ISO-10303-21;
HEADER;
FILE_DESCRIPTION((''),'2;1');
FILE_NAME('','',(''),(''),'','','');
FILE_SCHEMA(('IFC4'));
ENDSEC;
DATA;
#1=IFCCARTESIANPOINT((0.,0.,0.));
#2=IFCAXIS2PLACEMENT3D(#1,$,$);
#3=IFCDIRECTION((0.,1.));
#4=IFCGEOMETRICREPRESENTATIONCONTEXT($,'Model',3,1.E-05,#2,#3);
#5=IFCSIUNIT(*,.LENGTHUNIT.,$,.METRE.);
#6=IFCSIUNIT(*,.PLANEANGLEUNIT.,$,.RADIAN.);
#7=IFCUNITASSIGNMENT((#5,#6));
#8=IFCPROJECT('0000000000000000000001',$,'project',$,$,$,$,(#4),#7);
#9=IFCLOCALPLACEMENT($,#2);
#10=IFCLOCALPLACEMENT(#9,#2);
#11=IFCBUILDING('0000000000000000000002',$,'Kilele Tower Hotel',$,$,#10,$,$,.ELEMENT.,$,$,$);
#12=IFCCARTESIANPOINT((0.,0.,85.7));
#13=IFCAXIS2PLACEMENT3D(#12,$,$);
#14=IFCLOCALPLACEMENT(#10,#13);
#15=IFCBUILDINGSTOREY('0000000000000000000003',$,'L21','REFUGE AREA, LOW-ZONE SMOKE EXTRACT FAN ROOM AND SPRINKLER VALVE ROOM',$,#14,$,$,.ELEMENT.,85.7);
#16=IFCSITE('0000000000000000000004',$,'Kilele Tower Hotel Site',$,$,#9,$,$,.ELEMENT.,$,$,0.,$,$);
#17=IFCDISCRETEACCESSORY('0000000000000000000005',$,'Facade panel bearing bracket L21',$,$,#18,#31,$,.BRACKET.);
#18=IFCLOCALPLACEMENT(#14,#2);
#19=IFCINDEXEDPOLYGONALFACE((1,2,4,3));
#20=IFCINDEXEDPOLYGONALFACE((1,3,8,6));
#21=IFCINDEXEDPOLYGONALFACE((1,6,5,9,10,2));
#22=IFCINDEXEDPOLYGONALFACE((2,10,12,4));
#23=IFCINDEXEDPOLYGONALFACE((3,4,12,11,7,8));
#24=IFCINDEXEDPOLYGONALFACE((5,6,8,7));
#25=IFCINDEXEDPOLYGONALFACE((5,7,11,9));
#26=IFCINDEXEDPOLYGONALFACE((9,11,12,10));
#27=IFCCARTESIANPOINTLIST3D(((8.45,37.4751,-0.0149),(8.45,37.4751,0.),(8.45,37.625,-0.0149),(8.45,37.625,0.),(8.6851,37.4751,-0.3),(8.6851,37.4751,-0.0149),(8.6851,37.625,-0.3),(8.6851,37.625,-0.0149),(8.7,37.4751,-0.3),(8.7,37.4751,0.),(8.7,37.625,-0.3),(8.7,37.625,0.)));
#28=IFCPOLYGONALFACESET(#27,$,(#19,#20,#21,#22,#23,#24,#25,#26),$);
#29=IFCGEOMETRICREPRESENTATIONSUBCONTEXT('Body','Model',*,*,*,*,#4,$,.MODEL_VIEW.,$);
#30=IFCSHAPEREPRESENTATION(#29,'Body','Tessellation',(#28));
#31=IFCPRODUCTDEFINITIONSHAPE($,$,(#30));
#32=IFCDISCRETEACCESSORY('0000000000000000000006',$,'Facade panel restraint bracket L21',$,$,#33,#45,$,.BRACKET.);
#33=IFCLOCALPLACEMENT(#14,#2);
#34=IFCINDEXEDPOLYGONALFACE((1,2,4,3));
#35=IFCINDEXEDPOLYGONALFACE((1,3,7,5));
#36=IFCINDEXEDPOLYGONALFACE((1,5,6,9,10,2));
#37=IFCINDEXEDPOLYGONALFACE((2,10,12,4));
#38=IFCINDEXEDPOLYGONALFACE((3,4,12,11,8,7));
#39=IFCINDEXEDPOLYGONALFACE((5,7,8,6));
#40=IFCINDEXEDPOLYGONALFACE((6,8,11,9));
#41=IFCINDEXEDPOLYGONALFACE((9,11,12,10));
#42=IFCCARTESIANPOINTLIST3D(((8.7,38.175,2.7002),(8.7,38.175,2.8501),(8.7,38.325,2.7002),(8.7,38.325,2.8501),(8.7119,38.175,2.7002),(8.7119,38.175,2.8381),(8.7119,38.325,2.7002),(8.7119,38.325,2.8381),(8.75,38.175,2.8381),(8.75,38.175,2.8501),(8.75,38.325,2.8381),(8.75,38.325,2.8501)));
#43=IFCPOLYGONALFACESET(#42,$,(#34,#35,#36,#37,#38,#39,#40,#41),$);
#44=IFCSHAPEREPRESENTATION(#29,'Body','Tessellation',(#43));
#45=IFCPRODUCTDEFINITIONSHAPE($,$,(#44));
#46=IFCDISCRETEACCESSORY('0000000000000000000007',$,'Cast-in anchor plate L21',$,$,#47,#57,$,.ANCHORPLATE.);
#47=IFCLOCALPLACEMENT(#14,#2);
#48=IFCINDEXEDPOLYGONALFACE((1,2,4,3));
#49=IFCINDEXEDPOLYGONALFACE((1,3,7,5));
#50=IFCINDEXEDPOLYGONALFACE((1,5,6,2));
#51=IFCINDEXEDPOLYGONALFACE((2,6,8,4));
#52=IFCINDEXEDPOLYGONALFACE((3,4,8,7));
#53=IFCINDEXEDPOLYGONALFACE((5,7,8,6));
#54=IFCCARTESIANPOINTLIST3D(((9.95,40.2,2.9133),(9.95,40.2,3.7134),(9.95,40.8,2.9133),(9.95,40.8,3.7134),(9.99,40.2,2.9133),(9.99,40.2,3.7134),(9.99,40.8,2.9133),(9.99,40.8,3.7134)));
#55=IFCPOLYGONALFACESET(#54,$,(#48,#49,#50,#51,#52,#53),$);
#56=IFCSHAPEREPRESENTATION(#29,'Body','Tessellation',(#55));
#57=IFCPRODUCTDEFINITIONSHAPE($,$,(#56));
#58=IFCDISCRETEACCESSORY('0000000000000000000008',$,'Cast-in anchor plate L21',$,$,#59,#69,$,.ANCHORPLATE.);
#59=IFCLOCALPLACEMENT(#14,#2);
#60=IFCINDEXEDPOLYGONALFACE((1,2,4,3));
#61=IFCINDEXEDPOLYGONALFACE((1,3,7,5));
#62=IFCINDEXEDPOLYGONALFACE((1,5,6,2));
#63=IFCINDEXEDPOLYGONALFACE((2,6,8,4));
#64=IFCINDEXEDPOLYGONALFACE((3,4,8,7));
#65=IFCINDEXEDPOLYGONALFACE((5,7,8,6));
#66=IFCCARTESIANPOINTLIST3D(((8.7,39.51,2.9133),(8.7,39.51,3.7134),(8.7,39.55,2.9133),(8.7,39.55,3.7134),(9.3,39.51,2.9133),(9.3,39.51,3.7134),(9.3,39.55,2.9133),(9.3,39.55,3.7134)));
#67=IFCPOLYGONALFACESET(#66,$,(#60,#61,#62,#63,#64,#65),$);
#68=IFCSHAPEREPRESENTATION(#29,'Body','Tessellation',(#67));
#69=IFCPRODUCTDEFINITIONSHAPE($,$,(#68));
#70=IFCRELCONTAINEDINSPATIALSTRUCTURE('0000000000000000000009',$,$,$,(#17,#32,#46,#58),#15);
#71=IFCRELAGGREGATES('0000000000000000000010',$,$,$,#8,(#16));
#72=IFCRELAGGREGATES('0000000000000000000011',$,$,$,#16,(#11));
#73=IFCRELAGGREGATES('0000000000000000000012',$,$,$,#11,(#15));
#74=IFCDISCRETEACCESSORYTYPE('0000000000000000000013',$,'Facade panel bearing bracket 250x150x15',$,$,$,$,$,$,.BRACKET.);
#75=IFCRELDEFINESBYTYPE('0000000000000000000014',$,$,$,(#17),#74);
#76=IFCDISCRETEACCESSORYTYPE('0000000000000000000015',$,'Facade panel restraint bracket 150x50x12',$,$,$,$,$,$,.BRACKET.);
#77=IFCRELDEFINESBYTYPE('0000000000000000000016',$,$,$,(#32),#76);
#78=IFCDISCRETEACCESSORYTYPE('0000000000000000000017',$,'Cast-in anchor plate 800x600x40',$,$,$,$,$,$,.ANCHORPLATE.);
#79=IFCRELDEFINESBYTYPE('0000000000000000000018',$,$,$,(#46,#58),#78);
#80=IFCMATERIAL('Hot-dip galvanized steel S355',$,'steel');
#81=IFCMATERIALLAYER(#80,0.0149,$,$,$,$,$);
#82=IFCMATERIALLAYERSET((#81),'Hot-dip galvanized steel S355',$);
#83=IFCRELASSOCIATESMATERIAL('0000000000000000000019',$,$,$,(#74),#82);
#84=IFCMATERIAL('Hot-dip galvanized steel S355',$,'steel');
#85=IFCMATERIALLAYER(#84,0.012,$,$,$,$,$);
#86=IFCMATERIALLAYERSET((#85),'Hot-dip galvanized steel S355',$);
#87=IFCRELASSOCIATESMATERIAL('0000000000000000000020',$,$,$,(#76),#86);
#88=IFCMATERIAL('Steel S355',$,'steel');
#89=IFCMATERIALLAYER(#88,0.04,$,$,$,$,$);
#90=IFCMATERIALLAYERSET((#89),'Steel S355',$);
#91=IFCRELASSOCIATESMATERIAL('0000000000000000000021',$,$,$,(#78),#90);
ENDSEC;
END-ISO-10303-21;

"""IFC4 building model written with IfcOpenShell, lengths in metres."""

from ifc_helpers import new_model, si_unit, direction, frame, origin, place, context, subcontext, project, spatial, polyline, outline, extrude, source, transform, mapped, material, layer, layer_set, type_object, element, save


model = new_model("IFC4")

# Units and contexts
model_context = context("Model", 3, precision=1e-05, world=origin(), true_north=direction((0.0, 1.0)))
body_context = subcontext(model_context, "Body", "Model", "MODEL_VIEW")
ifc_project = project(units=[si_unit("LENGTHUNIT", "METRE"), si_unit("PLANEANGLEUNIT", "RADIAN")], contexts=[model_context])

# Site, building, storey
site_placement = place(None, origin())
site = spatial("IfcSite", under=ifc_project, at=site_placement, Name="Kilele Tower Hotel Site", CompositionType="ELEMENT", RefElevation=0.0)
building_placement = place(site_placement, origin())
building = spatial("IfcBuilding", under=site, at=building_placement, Name="Kilele Tower Hotel", CompositionType="ELEMENT")
storey_placement = place(building_placement, frame((0.0, 0.0, 85.7)))
storey = spatial("IfcBuildingStorey", under=building, at=storey_placement, Name="L21", Description="REFUGE AREA, LOW-ZONE SMOKE EXTRACT FAN ROOM AND SPRINKLER VALVE ROOM", CompositionType="ELEMENT", Elevation=85.7)

# Discrete accessories
ifc_material_1 = material(Name="Hot-dip galvanized steel S355", Category="steel")
ifc_layer_1 = layer(ifc_material_1, 0.0149)
ifc_layer_set_1 = layer_set([ifc_layer_1], Name="Hot-dip galvanized steel S355")
discrete_accessory_type_1 = type_object("IfcDiscreteAccessoryType", Name="Facade panel bearing bracket 250x150x15", PredefinedType="BRACKET", material=ifc_layer_set_1)
shared_shape_1 = source(origin(), body_context, "Body", "SweptSolid", [
    extrude(outline(polyline([(0.0, 0.0), (0.25, 0.0), (0.25, -0.0149), (0.0149, -0.0149), (0.0149, -0.3), (0.0, -0.3), (0.0, 0.0)])), origin(), (0.0, 0.0, 1.0), 0.1499),
])
for number, where, z_axis, x_axis, name in (
    (1, (8.7, 37.4751, 0.0), (0.0, 1.0, 0.0), (-1.0, 0.0, 0.0), "Facade panel bearing bracket L21"),
):
    element("IfcDiscreteAccessory", number, at=place(storey_placement, frame(where, z_axis=z_axis, x_axis=x_axis)), inside=storey, type_object=discrete_accessory_type_1, Name=name, PredefinedType="BRACKET", context=body_context, shape_type="MappedRepresentation", body=[
        mapped(shared_shape_1, transform((0.0, 0.0, 0.0))),
    ])
ifc_material_2 = material(Name="Hot-dip galvanized steel S355", Category="steel")
ifc_layer_2 = layer(ifc_material_2, 0.012)
ifc_layer_set_2 = layer_set([ifc_layer_2], Name="Hot-dip galvanized steel S355")
discrete_accessory_type_2 = type_object("IfcDiscreteAccessoryType", Name="Facade panel restraint bracket 150x50x12", PredefinedType="BRACKET", material=ifc_layer_set_2)
shared_shape_2 = source(origin(), body_context, "Body", "SweptSolid", [
    extrude(outline(polyline([(0.0, 0.0), (0.0, -0.1499), (-0.012, -0.1499), (-0.012, -0.012), (-0.05, -0.012), (-0.05, 0.0), (0.0, 0.0)])), origin(), (0.0, 0.0, 1.0), 0.1499),
])
discrete_accessory_placement = place(storey_placement, frame((8.7, 38.175, 2.8501), z_axis=(0.0, 1.0, 0.0), x_axis=(-1.0, 0.0, 0.0)))
element("IfcDiscreteAccessory", 2, at=discrete_accessory_placement, inside=storey, type_object=discrete_accessory_type_2, Name="Facade panel restraint bracket L21", PredefinedType="BRACKET", context=body_context, shape_type="MappedRepresentation", body=[
    mapped(shared_shape_2, transform((0.0, 0.0, 0.0))),
])
ifc_material_3 = material(Name="Steel S355", Category="steel")
ifc_layer_3 = layer(ifc_material_3, 0.04)
ifc_layer_set_3 = layer_set([ifc_layer_3], Name="Steel S355")
discrete_accessory_type_3 = type_object("IfcDiscreteAccessoryType", Name="Cast-in anchor plate 800x600x40", PredefinedType="ANCHORPLATE", material=ifc_layer_set_3)
shared_shape_3 = source(origin(), body_context, "Body", "SweptSolid", [
    extrude(outline(polyline([(0.0, 0.0), (0.04, 0.0), (0.04, 0.8), (0.0, 0.8), (0.0, 0.0)])), origin(), (0.0, 0.0, 1.0), 0.6001),
])
for number, where, z_axis, x_axis, name in (
    (3, (9.95, 40.8, 2.9133), (0.0, -1.0, 0.0), (1.0, 0.0, 0.0), "Cast-in anchor plate L21"),
    (4, (9.3, 39.55, 2.9133), (-1.0, 0.0, 0.0), (0.0, -1.0, 0.0), "Cast-in anchor plate L21"),
):
    element("IfcDiscreteAccessory", number, at=place(storey_placement, frame(where, z_axis=z_axis, x_axis=x_axis)), inside=storey, type_object=discrete_accessory_type_3, Name=name, PredefinedType="ANCHORPLATE", context=body_context, shape_type="MappedRepresentation", body=[
        mapped(shared_shape_3, transform((0.0, 0.0, 0.0))),
    ])

save(model, "model.ifc")
